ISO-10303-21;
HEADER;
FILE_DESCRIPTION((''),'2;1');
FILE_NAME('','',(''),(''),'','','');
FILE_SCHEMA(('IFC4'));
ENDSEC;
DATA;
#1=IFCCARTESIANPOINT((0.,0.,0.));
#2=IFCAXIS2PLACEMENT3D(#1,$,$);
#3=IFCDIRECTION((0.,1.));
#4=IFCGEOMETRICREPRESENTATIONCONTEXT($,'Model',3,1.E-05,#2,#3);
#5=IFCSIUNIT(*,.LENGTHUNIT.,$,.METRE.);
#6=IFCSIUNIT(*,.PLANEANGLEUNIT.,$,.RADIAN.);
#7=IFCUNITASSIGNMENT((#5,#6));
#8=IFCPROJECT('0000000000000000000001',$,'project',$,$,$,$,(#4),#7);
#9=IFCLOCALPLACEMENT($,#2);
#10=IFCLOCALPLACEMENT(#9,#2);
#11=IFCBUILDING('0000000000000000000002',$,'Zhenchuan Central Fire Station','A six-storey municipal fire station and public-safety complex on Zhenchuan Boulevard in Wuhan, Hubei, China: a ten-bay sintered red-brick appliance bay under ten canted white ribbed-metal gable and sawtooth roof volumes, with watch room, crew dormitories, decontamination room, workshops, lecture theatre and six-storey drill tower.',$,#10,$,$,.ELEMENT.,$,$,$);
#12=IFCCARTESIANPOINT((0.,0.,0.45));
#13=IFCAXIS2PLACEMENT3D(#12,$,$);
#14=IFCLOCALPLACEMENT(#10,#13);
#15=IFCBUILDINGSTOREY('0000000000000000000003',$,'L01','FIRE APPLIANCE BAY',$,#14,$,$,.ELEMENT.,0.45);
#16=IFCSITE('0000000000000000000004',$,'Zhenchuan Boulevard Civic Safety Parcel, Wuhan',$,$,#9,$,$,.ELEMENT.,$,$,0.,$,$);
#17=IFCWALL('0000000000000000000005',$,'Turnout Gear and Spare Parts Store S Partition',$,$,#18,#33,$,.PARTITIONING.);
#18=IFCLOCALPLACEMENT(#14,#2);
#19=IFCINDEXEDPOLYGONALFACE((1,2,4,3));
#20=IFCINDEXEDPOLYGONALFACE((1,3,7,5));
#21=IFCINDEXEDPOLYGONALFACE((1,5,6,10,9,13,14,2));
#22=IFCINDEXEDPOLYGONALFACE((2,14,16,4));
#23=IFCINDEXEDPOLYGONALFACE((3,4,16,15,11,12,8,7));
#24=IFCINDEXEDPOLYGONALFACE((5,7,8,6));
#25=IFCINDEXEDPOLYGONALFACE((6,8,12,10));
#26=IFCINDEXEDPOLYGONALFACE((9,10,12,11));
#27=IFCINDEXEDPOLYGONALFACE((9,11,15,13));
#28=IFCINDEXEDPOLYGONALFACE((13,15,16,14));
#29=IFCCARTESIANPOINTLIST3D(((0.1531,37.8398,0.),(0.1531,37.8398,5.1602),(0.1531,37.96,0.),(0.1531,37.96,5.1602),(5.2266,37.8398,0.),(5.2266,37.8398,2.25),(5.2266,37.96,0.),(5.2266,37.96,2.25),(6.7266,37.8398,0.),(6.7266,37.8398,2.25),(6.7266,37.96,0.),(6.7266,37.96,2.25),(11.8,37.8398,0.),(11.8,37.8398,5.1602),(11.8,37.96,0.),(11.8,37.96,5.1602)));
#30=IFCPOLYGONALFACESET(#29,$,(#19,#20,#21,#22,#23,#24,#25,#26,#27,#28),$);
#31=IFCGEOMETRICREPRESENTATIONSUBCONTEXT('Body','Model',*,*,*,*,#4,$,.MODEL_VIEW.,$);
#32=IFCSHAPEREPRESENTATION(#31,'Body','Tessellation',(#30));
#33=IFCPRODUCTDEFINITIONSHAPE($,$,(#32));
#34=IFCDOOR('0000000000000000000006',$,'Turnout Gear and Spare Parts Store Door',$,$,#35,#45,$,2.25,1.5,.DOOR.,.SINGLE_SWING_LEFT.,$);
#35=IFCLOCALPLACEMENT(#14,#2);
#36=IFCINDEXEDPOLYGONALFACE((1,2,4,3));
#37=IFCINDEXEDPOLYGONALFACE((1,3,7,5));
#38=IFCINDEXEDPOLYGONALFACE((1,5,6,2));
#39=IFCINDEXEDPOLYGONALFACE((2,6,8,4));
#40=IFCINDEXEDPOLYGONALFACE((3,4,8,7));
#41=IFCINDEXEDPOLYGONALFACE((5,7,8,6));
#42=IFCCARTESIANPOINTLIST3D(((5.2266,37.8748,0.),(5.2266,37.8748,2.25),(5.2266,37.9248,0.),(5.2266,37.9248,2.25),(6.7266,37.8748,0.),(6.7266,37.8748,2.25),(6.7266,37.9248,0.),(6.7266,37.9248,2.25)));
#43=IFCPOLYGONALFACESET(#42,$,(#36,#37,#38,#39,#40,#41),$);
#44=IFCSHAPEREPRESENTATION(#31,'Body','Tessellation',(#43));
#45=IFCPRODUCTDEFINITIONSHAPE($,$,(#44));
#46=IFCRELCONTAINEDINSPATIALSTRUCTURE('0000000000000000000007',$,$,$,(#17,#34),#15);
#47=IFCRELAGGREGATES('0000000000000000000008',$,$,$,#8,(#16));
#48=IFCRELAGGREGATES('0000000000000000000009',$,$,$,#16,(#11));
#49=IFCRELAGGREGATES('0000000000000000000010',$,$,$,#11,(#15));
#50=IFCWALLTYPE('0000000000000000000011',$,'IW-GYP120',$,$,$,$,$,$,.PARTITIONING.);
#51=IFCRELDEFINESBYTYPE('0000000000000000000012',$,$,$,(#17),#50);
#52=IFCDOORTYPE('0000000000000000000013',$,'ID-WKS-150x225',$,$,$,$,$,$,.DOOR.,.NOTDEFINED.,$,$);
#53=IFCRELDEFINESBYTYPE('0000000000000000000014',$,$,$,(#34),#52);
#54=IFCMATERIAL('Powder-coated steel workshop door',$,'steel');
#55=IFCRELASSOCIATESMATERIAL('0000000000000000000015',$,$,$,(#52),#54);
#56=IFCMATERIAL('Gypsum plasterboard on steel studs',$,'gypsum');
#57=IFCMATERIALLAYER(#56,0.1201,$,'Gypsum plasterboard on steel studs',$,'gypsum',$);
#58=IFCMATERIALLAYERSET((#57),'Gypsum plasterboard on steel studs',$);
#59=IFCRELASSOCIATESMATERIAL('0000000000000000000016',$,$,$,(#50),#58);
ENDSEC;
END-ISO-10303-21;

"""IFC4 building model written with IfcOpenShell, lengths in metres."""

from ifc_helpers import new_model, si_unit, direction, frame, frame_2d, origin, place, context, subcontext, project, spatial, rectangle, extrude, material, layer, layer_set, type_object, element, fill, save


model = new_model("IFC4")

# Units and contexts
model_context = context("Model", 3, precision=1e-05, world=origin(), true_north=direction((0.0, 1.0)))
body_context = subcontext(model_context, "Body", "Model", "MODEL_VIEW")
ifc_project = project(units=[si_unit("LENGTHUNIT", "METRE"), si_unit("PLANEANGLEUNIT", "RADIAN")], contexts=[model_context])

# Site, building, storey
site_placement = place(None, origin())
site = spatial("IfcSite", under=ifc_project, at=site_placement, Name="Zhenchuan Boulevard Civic Safety Parcel, Wuhan", CompositionType="ELEMENT", RefElevation=0.0)
building_placement = place(site_placement, origin())
building = spatial("IfcBuilding", under=site, at=building_placement, Name="Zhenchuan Central Fire Station", Description="A six-storey municipal fire station and public-safety complex on Zhenchuan Boulevard in Wuhan, Hubei, China: a ten-bay sintered red-brick appliance bay under ten canted white ribbed-metal gable and sawtooth roof volumes, with watch room, crew dormitories, decontamination room, workshops, lecture theatre and six-storey drill tower.", CompositionType="ELEMENT")
storey_placement = place(building_placement, frame((0.0, 0.0, 0.45)))
storey = spatial("IfcBuildingStorey", under=building, at=storey_placement, Name="L01", Description="FIRE APPLIANCE BAY", CompositionType="ELEMENT", Elevation=0.45)

# Wall, opening, door
ifc_material_1 = material(Name="Powder-coated steel workshop door", Category="steel")
door_type = type_object("IfcDoorType", Name="ID-WKS-150x225", OperationType="NOTDEFINED", PredefinedType="DOOR", material=ifc_material_1)
ifc_material_2 = material(Name="Gypsum plasterboard on steel studs", Category="gypsum")
ifc_layer_1 = layer(ifc_material_2, 0.1201, Name="Gypsum plasterboard on steel studs", Category="gypsum")
ifc_layer_set_1 = layer_set([ifc_layer_1], Name="Gypsum plasterboard on steel studs")
wall_type_1 = type_object("IfcWallType", Name="IW-GYP120", PredefinedType="PARTITIONING", material=ifc_layer_set_1)
wall_1_placement = place(storey_placement, frame((0.1531, 37.8999, 0.0), z_axis=(0.0, 0.0, 1.0), x_axis=(1.0, 0.0, 0.0)))
wall_1 = element("IfcWall", 1, at=wall_1_placement, inside=storey, type_object=wall_type_1, Name="Turnout Gear and Spare Parts Store S Partition", PredefinedType="PARTITIONING", context=body_context, shape_type="SweptSolid", body=[
    extrude(rectangle(XDim=11.647, YDim=0.1201, at=frame_2d((5.8235, 0.0))), origin(), (0.0, 0.0, 1.0), 5.1602),
])
opening_1_placement = place(wall_1_placement, frame((5.0735, 0.0, 0.0)))
opening_1 = element("IfcOpeningElement", 2, at=opening_1_placement, cuts=wall_1, PredefinedType="OPENING", context=body_context, shape_type="SweptSolid", body=[
    extrude(rectangle(XDim=1.5, YDim=2.25, at=frame_2d((0.75, 1.125))), frame((0.0, 0.0701, 0.0), z_axis=(0.0, -1.0, 0.0), x_axis=(1.0, 0.0, 0.0)), (0.0, 0.0, 1.0), 0.1401),
])
door_1_placement = place(opening_1_placement, origin())
door_1 = element("IfcDoor", 3, at=door_1_placement, inside=storey, type_object=door_type, Name="Turnout Gear and Spare Parts Store Door", OperationType="SINGLE_SWING_LEFT", OverallHeight=2.25, OverallWidth=1.5, PredefinedType="DOOR", context=body_context, shape_type="SweptSolid", body=[
    extrude(rectangle(XDim=1.5, YDim=2.25, at=frame_2d((0.75, 1.125))), frame((0.0, 0.0249, 0.0), z_axis=(0.0, -1.0, 0.0), x_axis=(1.0, 0.0, 0.0)), (0.0, 0.0, 1.0), 0.05),
])
fill(opening_1, door_1)

save(model, "model.ifc")
